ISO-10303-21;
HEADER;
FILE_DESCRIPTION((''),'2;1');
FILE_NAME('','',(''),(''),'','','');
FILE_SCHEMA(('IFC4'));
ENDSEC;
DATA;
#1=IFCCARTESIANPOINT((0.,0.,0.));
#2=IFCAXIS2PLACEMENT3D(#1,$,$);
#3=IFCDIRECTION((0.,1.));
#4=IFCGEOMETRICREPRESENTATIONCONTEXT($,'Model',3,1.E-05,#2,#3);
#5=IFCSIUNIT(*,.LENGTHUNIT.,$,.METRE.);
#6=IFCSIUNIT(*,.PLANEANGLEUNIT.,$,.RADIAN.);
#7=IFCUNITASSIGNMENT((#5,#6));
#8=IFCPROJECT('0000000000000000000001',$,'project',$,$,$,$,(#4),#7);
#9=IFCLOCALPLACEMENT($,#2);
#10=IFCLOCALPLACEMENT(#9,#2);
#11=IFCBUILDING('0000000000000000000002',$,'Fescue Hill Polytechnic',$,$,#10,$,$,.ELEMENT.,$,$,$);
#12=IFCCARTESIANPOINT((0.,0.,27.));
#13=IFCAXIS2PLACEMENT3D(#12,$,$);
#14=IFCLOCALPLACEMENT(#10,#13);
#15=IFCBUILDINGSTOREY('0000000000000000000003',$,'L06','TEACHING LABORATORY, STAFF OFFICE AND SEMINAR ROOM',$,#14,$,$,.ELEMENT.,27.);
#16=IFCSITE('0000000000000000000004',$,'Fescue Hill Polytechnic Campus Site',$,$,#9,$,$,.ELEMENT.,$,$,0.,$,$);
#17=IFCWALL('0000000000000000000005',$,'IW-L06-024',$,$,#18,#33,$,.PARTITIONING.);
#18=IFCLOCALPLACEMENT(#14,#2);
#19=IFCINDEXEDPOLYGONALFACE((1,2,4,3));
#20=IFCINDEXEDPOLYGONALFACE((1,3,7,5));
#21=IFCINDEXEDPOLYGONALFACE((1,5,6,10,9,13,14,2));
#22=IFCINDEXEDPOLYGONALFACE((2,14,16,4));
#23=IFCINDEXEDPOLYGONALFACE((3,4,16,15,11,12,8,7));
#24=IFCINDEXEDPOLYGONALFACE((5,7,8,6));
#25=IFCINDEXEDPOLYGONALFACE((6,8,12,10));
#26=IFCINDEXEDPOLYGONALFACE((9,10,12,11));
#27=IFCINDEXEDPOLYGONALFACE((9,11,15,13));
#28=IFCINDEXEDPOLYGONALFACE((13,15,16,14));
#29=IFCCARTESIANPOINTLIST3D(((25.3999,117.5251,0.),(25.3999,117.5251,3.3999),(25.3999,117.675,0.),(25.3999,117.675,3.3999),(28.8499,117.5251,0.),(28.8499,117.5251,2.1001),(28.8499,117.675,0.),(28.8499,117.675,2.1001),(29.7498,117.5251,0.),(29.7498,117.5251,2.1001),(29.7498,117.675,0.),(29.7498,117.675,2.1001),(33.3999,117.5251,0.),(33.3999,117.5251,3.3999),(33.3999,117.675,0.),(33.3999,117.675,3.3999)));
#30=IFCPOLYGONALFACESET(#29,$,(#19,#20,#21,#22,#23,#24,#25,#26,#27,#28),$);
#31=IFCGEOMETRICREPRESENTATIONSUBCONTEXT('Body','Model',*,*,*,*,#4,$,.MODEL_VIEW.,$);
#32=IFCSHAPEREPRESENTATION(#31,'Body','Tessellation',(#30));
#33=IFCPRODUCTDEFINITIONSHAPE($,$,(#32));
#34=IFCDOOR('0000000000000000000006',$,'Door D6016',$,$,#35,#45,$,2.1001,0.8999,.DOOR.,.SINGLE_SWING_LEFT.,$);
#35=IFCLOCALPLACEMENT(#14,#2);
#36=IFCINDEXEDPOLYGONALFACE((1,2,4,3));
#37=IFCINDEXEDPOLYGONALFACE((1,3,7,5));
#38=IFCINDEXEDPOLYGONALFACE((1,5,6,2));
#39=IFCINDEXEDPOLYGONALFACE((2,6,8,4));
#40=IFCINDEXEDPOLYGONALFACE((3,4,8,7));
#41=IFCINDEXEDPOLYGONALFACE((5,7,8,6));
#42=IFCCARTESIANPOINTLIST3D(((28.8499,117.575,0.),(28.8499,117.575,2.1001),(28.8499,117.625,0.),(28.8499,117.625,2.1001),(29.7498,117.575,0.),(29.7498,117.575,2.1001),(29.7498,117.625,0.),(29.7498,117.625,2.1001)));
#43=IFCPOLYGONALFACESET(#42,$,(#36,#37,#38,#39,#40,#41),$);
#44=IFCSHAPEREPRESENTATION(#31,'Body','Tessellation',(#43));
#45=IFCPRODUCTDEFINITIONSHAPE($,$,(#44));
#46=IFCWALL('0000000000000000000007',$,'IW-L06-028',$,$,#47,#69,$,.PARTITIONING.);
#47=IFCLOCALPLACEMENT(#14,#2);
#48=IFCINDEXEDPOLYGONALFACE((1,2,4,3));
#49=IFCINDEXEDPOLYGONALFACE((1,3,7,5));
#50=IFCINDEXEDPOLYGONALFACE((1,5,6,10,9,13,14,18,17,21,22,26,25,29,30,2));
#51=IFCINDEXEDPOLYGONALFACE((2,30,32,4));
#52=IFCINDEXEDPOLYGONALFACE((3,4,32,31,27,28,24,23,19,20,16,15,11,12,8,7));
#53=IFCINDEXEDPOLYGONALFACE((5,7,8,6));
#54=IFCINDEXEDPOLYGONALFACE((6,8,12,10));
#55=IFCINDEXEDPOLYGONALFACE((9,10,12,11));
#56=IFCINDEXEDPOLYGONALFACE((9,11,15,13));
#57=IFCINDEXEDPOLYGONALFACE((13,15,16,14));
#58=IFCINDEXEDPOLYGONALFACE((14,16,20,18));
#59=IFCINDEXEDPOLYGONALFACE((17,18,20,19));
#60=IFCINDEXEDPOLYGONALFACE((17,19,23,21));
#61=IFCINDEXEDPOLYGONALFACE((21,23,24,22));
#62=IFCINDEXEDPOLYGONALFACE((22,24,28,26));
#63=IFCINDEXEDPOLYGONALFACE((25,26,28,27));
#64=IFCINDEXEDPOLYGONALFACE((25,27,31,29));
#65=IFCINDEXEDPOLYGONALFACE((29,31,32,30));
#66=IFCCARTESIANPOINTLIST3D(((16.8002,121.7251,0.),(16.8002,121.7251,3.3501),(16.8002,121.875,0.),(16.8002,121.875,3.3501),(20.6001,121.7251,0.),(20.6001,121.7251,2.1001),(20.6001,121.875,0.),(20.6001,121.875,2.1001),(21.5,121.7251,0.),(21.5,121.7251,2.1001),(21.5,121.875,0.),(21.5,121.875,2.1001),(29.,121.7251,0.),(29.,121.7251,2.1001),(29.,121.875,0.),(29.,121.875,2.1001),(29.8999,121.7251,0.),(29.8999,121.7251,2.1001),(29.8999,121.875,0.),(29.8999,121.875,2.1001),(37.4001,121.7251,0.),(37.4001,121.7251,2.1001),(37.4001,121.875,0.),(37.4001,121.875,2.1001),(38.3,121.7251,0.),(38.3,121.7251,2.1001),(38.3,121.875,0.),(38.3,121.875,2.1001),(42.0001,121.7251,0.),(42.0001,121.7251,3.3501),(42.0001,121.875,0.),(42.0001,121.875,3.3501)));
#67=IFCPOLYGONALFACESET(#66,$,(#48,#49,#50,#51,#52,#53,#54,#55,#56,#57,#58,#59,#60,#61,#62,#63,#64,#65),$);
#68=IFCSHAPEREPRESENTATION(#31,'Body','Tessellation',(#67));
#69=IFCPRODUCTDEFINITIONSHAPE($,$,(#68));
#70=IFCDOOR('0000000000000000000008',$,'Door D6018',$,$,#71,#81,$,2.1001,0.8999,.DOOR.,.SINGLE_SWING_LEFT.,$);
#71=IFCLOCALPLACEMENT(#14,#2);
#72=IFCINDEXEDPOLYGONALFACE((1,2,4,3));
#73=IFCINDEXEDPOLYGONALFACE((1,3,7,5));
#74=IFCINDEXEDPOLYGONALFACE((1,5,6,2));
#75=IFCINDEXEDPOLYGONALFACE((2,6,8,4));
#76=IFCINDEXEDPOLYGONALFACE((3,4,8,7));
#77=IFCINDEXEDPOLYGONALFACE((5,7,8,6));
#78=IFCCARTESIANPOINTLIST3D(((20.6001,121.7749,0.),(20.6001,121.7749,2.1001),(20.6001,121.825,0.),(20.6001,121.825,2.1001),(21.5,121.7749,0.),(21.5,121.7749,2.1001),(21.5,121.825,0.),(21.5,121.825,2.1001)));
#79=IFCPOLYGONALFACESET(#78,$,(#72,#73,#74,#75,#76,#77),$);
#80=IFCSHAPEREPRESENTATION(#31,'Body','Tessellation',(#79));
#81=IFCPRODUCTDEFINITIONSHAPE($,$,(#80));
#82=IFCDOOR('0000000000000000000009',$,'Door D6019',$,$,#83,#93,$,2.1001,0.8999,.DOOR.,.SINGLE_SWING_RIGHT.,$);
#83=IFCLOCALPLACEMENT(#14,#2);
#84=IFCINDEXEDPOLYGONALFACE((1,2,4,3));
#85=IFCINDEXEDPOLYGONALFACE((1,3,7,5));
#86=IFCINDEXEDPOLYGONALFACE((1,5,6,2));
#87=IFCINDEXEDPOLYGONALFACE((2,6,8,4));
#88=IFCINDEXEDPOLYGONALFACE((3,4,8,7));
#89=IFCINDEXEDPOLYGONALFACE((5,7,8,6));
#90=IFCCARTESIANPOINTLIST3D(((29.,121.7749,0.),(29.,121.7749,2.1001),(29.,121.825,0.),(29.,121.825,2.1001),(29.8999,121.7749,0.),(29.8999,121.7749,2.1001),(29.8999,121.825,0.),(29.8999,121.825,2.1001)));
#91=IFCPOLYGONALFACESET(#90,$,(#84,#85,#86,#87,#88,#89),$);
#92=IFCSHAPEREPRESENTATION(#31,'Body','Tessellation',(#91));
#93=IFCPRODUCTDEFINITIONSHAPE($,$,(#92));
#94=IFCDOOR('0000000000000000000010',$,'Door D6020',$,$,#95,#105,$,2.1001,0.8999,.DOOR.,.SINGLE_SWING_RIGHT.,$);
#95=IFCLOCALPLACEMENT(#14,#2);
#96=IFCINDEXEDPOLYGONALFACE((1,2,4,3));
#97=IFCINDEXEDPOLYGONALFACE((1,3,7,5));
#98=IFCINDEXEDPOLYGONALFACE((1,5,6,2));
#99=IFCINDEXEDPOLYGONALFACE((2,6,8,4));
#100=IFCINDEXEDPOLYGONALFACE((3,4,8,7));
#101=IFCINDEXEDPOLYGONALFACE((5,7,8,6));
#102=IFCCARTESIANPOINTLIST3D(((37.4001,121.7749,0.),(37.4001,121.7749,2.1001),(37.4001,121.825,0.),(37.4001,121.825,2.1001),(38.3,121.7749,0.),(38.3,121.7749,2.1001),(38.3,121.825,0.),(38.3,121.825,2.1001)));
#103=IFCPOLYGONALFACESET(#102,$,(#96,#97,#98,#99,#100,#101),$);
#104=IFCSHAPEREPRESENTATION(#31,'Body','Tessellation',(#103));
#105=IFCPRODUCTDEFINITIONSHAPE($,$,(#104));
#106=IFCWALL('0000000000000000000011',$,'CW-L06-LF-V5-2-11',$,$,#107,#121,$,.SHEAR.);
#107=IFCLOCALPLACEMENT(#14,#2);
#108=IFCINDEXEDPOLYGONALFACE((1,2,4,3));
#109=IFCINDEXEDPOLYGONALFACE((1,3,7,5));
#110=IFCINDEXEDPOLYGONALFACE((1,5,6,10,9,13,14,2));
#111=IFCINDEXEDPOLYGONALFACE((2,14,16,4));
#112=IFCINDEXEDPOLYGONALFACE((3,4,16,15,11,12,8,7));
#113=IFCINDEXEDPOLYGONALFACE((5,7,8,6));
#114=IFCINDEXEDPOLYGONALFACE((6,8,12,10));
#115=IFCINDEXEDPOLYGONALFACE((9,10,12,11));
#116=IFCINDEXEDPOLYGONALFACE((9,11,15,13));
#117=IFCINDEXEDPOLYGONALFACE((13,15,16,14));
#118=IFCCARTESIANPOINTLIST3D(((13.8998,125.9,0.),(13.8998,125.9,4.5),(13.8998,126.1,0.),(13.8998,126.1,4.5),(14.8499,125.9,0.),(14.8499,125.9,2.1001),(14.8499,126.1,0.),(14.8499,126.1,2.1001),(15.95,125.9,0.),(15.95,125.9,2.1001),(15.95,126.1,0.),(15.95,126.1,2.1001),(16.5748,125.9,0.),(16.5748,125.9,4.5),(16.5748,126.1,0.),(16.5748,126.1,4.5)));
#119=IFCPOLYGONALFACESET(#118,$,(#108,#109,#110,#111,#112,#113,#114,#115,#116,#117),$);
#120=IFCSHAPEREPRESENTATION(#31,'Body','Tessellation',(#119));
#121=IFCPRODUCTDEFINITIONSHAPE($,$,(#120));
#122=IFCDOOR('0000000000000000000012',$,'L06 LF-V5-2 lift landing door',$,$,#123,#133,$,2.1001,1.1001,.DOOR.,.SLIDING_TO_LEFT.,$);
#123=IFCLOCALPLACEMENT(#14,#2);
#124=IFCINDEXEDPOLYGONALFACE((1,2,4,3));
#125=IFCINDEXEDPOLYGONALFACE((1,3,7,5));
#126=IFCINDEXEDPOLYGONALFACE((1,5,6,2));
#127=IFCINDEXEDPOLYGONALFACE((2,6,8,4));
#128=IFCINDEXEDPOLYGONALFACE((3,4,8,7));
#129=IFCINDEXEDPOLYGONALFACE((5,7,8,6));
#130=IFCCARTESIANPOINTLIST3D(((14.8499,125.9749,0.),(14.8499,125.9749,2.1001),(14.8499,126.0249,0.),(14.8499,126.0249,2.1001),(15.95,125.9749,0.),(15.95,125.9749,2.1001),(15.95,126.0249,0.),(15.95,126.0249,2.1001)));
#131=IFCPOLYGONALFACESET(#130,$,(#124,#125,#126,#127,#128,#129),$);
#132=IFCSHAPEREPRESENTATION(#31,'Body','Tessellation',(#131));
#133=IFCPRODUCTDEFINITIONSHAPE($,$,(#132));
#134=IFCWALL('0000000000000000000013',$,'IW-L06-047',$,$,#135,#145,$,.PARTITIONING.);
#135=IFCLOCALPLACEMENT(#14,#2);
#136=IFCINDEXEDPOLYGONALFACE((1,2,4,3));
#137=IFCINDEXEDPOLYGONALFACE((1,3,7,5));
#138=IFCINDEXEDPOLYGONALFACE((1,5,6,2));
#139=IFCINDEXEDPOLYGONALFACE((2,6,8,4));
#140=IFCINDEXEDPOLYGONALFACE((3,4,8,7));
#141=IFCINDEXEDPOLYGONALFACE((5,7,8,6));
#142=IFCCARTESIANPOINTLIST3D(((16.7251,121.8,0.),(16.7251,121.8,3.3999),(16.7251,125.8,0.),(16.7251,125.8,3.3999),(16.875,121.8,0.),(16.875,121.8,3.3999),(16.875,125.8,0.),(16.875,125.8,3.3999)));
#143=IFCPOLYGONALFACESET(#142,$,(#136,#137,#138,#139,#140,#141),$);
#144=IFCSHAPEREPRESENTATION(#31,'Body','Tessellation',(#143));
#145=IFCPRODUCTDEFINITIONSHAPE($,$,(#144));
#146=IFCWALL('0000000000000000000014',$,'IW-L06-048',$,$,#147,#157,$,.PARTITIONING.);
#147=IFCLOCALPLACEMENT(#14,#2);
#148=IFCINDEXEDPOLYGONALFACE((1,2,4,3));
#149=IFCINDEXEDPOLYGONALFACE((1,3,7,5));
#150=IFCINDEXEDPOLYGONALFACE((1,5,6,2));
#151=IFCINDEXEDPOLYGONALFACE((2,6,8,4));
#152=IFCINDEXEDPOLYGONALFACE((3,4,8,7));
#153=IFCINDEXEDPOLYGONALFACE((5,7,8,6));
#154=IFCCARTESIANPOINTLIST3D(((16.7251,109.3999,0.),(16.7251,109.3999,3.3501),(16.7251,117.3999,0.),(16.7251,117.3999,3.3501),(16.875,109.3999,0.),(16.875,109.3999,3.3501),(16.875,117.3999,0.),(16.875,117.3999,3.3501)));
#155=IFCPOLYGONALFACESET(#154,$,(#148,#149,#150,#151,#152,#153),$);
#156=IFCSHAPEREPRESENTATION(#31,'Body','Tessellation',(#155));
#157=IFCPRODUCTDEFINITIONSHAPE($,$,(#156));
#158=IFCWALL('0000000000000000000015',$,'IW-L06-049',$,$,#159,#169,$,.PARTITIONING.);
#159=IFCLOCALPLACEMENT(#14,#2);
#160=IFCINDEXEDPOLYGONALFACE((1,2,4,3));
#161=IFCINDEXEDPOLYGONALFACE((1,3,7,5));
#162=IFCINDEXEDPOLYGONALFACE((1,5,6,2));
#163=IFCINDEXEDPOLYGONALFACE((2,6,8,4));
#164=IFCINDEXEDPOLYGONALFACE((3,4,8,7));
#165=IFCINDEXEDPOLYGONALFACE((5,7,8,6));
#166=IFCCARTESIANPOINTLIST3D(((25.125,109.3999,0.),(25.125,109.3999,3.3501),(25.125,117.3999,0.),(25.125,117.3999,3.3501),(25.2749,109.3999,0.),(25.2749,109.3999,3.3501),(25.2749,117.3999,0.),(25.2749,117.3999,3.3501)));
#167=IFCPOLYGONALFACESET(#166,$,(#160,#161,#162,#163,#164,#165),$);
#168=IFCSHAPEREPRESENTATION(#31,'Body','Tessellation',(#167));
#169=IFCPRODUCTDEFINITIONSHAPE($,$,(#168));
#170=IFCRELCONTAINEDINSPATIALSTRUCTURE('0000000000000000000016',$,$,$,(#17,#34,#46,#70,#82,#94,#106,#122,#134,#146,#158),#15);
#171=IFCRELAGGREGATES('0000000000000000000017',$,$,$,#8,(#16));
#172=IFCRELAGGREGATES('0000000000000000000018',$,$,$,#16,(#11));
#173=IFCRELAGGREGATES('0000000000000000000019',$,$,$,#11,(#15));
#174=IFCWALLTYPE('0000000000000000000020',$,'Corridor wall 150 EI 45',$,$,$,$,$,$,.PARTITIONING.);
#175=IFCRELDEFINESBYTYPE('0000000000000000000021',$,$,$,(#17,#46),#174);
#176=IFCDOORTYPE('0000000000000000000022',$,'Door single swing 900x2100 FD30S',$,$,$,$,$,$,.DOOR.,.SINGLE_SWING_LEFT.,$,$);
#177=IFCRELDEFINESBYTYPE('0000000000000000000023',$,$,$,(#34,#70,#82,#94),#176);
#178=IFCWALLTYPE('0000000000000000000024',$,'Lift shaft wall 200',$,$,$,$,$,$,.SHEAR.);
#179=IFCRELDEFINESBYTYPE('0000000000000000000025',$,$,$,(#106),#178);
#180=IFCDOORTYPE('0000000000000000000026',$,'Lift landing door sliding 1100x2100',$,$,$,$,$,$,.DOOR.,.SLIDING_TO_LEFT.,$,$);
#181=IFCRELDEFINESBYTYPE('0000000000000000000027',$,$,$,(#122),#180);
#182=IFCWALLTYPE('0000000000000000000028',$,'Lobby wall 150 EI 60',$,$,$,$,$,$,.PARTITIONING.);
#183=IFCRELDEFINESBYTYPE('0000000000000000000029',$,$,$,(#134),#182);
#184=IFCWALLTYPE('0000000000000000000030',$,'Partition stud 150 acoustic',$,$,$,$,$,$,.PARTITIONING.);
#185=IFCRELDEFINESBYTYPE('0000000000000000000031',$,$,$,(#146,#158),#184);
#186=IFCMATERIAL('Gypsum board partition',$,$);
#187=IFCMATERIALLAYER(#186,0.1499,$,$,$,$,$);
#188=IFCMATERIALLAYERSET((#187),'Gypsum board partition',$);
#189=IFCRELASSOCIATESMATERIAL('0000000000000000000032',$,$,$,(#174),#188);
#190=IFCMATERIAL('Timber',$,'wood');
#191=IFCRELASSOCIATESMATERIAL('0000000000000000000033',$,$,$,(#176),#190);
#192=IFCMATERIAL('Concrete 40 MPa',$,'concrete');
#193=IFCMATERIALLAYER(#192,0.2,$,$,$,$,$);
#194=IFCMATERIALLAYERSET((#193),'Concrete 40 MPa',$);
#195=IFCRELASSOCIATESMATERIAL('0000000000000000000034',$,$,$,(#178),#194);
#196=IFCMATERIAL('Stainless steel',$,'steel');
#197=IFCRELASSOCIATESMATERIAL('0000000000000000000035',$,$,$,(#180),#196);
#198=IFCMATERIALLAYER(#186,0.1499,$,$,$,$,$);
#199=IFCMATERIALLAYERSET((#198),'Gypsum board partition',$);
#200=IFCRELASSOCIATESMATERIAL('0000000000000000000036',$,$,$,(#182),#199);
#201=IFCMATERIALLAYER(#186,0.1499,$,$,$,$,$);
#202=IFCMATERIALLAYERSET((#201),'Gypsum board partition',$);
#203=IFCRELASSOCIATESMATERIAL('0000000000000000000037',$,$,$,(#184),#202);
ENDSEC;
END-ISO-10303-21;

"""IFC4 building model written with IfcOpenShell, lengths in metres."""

from ifc_helpers import new_model, si_unit, direction, frame, frame_2d, origin, place, context, subcontext, project, spatial, rectangle, extrude, material, layer, layer_set, type_object, element, fill, save


model = new_model("IFC4")

# Units and contexts
model_context = context("Model", 3, precision=1e-05, world=origin(), true_north=direction((0.0, 1.0)))
body_context = subcontext(model_context, "Body", "Model", "MODEL_VIEW")
ifc_project = project(units=[si_unit("LENGTHUNIT", "METRE"), si_unit("PLANEANGLEUNIT", "RADIAN")], contexts=[model_context])

# Site, building, storey
site_placement = place(None, origin())
site = spatial("IfcSite", under=ifc_project, at=site_placement, Name="Fescue Hill Polytechnic Campus Site", CompositionType="ELEMENT", RefElevation=0.0)
building_placement = place(site_placement, origin())
building = spatial("IfcBuilding", under=site, at=building_placement, Name="Fescue Hill Polytechnic", CompositionType="ELEMENT")
storey_placement = place(building_placement, frame((0.0, 0.0, 27.0)))
storey = spatial("IfcBuildingStorey", under=building, at=storey_placement, Name="L06", Description="TEACHING LABORATORY, STAFF OFFICE AND SEMINAR ROOM", CompositionType="ELEMENT", Elevation=27.0)

# Shared definitions
ifc_material_1 = material(Name="Concrete 40 MPa", Category="concrete")

# Shared definitions
ifc_material_2 = material(Name="Gypsum board partition")
ifc_layer_1 = layer(ifc_material_2, 0.1499)
ifc_layer_set_1 = layer_set([ifc_layer_1], Name="Gypsum board partition")
wall_type_1 = type_object("IfcWallType", Name="Corridor wall 150 EI 45", PredefinedType="PARTITIONING", material=ifc_layer_set_1)

# Wall, opening, door
ifc_material_3 = material(Name="Timber", Category="wood")
door_type_1 = type_object("IfcDoorType", Name="Door single swing 900x2100 FD30S", OperationType="SINGLE_SWING_LEFT", PredefinedType="DOOR", material=ifc_material_3)
wall_1_placement = place(storey_placement, frame((25.3999, 117.6001, 0.0), z_axis=(0.0, 0.0, 1.0), x_axis=(1.0, 0.0, 0.0)))
wall_1 = element("IfcWall", 1, at=wall_1_placement, inside=storey, type_object=wall_type_1, Name="IW-L06-024", PredefinedType="PARTITIONING", context=body_context, shape_type="SweptSolid", body=[
    extrude(rectangle(XDim=8.0, YDim=0.1499, at=frame_2d((4.0, 0.0))), origin(), (0.0, 0.0, 1.0), 3.3999),
])
opening_1_placement = place(wall_1_placement, frame((3.45, 0.0, 0.0)))
opening_1 = element("IfcOpeningElement", 2, at=opening_1_placement, cuts=wall_1, PredefinedType="OPENING", context=body_context, shape_type="SweptSolid", body=[
    extrude(rectangle(XDim=0.8999, YDim=2.1001, at=frame_2d((0.45, 1.05))), frame((0.0, 0.085, 0.0), z_axis=(0.0, -1.0, 0.0), x_axis=(1.0, 0.0, 0.0)), (0.0, 0.0, 1.0), 0.1699),
])
door_1_placement = place(opening_1_placement, origin())
door_1 = element("IfcDoor", 3, at=door_1_placement, inside=storey, type_object=door_type_1, Name="Door D6016", OperationType="SINGLE_SWING_LEFT", OverallHeight=2.1001, OverallWidth=0.8999, PredefinedType="DOOR", context=body_context, shape_type="SweptSolid", body=[
    extrude(rectangle(XDim=0.8999, YDim=2.1001, at=frame_2d((0.45, 1.05))), frame((0.0, 0.0249, 0.0), z_axis=(0.0, -1.0, 0.0), x_axis=(1.0, 0.0, 0.0)), (0.0, 0.0, 1.0), 0.05),
])
fill(opening_1, door_1)

# Wall, openings, doors
wall_2_placement = place(storey_placement, frame((16.8, 121.8, 0.0), z_axis=(0.0, 0.0, 1.0), x_axis=(1.0, 0.0, 0.0)))
wall_2 = element("IfcWall", 4, at=wall_2_placement, inside=storey, type_object=wall_type_1, Name="IW-L06-028", PredefinedType="PARTITIONING", context=body_context, shape_type="SweptSolid", body=[
    extrude(rectangle(XDim=25.2, YDim=0.1499, at=frame_2d((12.6001, 0.0))), origin(), (0.0, 0.0, 1.0), 3.3501),
])
opening_2_placement = place(wall_2_placement, frame((3.8, 0.0, 0.0)))
opening_2 = element("IfcOpeningElement", 5, at=opening_2_placement, cuts=wall_2, PredefinedType="OPENING", context=body_context, shape_type="SweptSolid", body=[
    extrude(rectangle(XDim=0.8999, YDim=2.1001, at=frame_2d((0.45, 1.05))), frame((0.0, 0.085, 0.0), z_axis=(0.0, -1.0, 0.0), x_axis=(1.0, 0.0, 0.0)), (0.0, 0.0, 1.0), 0.1699),
])
opening_3_placement = place(wall_2_placement, frame((12.2, 0.0, 0.0)))
opening_3 = element("IfcOpeningElement", 6, at=opening_3_placement, cuts=wall_2, PredefinedType="OPENING", context=body_context, shape_type="SweptSolid", body=[
    extrude(rectangle(XDim=0.8999, YDim=2.1001, at=frame_2d((0.45, 1.05))), frame((0.0, 0.085, 0.0), z_axis=(0.0, -1.0, 0.0), x_axis=(1.0, 0.0, 0.0)), (0.0, 0.0, 1.0), 0.1699),
])
opening_4_placement = place(wall_2_placement, frame((20.6001, 0.0, 0.0)))
opening_4 = element("IfcOpeningElement", 7, at=opening_4_placement, cuts=wall_2, PredefinedType="OPENING", context=body_context, shape_type="SweptSolid", body=[
    extrude(rectangle(XDim=0.8999, YDim=2.1001, at=frame_2d((0.45, 1.05))), frame((0.0, 0.085, 0.0), z_axis=(0.0, -1.0, 0.0), x_axis=(1.0, 0.0, 0.0)), (0.0, 0.0, 1.0), 0.1699),
])
door_2_placement = place(opening_2_placement, origin())
door_2 = element("IfcDoor", 8, at=door_2_placement, inside=storey, type_object=door_type_1, Name="Door D6018", OperationType="SINGLE_SWING_LEFT", OverallHeight=2.1001, OverallWidth=0.8999, PredefinedType="DOOR", context=body_context, shape_type="SweptSolid", body=[
    extrude(rectangle(XDim=0.8999, YDim=2.1001, at=frame_2d((0.45, 1.05))), frame((0.0, 0.0249, 0.0), z_axis=(0.0, -1.0, 0.0), x_axis=(1.0, 0.0, 0.0)), (0.0, 0.0, 1.0), 0.05),
])
fill(opening_2, door_2)
door_3_placement = place(opening_3_placement, origin())
door_3 = element("IfcDoor", 9, at=door_3_placement, inside=storey, type_object=door_type_1, Name="Door D6019", OperationType="SINGLE_SWING_RIGHT", OverallHeight=2.1001, OverallWidth=0.8999, PredefinedType="DOOR", context=body_context, shape_type="SweptSolid", body=[
    extrude(rectangle(XDim=0.8999, YDim=2.1001, at=frame_2d((0.45, 1.05))), frame((0.0, 0.0249, 0.0), z_axis=(0.0, -1.0, 0.0), x_axis=(1.0, 0.0, 0.0)), (0.0, 0.0, 1.0), 0.05),
])
fill(opening_3, door_3)
door_4_placement = place(opening_4_placement, origin())
door_4 = element("IfcDoor", 10, at=door_4_placement, inside=storey, type_object=door_type_1, Name="Door D6020", OperationType="SINGLE_SWING_RIGHT", OverallHeight=2.1001, OverallWidth=0.8999, PredefinedType="DOOR", context=body_context, shape_type="SweptSolid", body=[
    extrude(rectangle(XDim=0.8999, YDim=2.1001, at=frame_2d((0.45, 1.05))), frame((0.0, 0.0249, 0.0), z_axis=(0.0, -1.0, 0.0), x_axis=(1.0, 0.0, 0.0)), (0.0, 0.0, 1.0), 0.05),
])
fill(opening_4, door_4)

# Wall, opening, door
ifc_layer_2 = layer(ifc_material_1, 0.2)
ifc_layer_set_2 = layer_set([ifc_layer_2], Name="Concrete 40 MPa")
wall_type_2 = type_object("IfcWallType", Name="Lift shaft wall 200", PredefinedType="SHEAR", material=ifc_layer_set_2)
wall_3_placement = place(storey_placement, frame((13.8999, 126.0, 0.0), z_axis=(0.0, 0.0, 1.0), x_axis=(1.0, 0.0, 0.0)))
wall_3 = element("IfcWall", 11, at=wall_3_placement, inside=storey, type_object=wall_type_2, Name="CW-L06-LF-V5-2-11", PredefinedType="SHEAR", context=body_context, shape_type="SweptSolid", body=[
    extrude(rectangle(XDim=2.675, YDim=0.2, at=frame_2d((1.3374, 0.0))), origin(), (0.0, 0.0, 1.0), 4.5),
])
opening_5_placement = place(wall_3_placement, frame((0.95, 0.0, 0.0)))
opening_5 = element("IfcOpeningElement", 12, at=opening_5_placement, cuts=wall_3, PredefinedType="OPENING", context=body_context, shape_type="SweptSolid", body=[
    extrude(rectangle(XDim=1.1001, YDim=2.1001, at=frame_2d((0.55, 1.05))), frame((0.0, 0.1099, 0.0), z_axis=(0.0, -1.0, 0.0), x_axis=(1.0, 0.0, 0.0)), (0.0, 0.0, 1.0), 0.22),
])
ifc_material_4 = material(Name="Stainless steel", Category="steel")
door_type_2 = type_object("IfcDoorType", Name="Lift landing door sliding 1100x2100", OperationType="SLIDING_TO_LEFT", PredefinedType="DOOR", material=ifc_material_4)
door_5_placement = place(opening_5_placement, origin())
door_5 = element("IfcDoor", 13, at=door_5_placement, inside=storey, type_object=door_type_2, Name="L06 LF-V5-2 lift landing door", OperationType="SLIDING_TO_LEFT", OverallHeight=2.1001, OverallWidth=1.1001, PredefinedType="DOOR", context=body_context, shape_type="SweptSolid", body=[
    extrude(rectangle(XDim=1.1001, YDim=2.1001, at=frame_2d((0.55, 1.05))), frame((0.0, 0.0249, 0.0), z_axis=(0.0, -1.0, 0.0), x_axis=(1.0, 0.0, 0.0)), (0.0, 0.0, 1.0), 0.05),
])
fill(opening_5, door_5)

# Walls
ifc_layer_3 = layer(ifc_material_2, 0.1499)
ifc_layer_set_3 = layer_set([ifc_layer_3], Name="Gypsum board partition")
wall_type_3 = type_object("IfcWallType", Name="Lobby wall 150 EI 60", PredefinedType="PARTITIONING", material=ifc_layer_set_3)
wall_4_placement = place(storey_placement, frame((16.8, 121.8, 0.0), z_axis=(0.0, 0.0, 1.0), x_axis=(0.0, 1.0, 0.0)))
element("IfcWall", 14, at=wall_4_placement, inside=storey, type_object=wall_type_3, Name="IW-L06-047", PredefinedType="PARTITIONING", context=body_context, shape_type="SweptSolid", body=[
    extrude(rectangle(XDim=4.0, YDim=0.1499, at=frame_2d((2.0, 0.0))), origin(), (0.0, 0.0, 1.0), 3.3999),
])
ifc_layer_4 = layer(ifc_material_2, 0.1499)
ifc_layer_set_4 = layer_set([ifc_layer_4], Name="Gypsum board partition")
wall_type_4 = type_object("IfcWallType", Name="Partition stud 150 acoustic", PredefinedType="PARTITIONING", material=ifc_layer_set_4)
for number, where, z_axis, x_axis, name in (
    (15, (16.8, 109.3999, 0.0), (0.0, 0.0, 1.0), (0.0, 1.0, 0.0), "IW-L06-048"),
    (16, (25.2, 109.3999, 0.0), (0.0, 0.0, 1.0), (0.0, 1.0, 0.0), "IW-L06-049"),
):
    element("IfcWall", number, at=place(storey_placement, frame(where, z_axis=z_axis, x_axis=x_axis)), inside=storey, type_object=wall_type_4, Name=name, PredefinedType="PARTITIONING", context=body_context, shape_type="SweptSolid", body=[
        extrude(rectangle(XDim=8.0, YDim=0.1499, at=frame_2d((4.0, 0.0))), origin(), (0.0, 0.0, 1.0), 3.3501),
    ])

save(model, "model.ifc")
